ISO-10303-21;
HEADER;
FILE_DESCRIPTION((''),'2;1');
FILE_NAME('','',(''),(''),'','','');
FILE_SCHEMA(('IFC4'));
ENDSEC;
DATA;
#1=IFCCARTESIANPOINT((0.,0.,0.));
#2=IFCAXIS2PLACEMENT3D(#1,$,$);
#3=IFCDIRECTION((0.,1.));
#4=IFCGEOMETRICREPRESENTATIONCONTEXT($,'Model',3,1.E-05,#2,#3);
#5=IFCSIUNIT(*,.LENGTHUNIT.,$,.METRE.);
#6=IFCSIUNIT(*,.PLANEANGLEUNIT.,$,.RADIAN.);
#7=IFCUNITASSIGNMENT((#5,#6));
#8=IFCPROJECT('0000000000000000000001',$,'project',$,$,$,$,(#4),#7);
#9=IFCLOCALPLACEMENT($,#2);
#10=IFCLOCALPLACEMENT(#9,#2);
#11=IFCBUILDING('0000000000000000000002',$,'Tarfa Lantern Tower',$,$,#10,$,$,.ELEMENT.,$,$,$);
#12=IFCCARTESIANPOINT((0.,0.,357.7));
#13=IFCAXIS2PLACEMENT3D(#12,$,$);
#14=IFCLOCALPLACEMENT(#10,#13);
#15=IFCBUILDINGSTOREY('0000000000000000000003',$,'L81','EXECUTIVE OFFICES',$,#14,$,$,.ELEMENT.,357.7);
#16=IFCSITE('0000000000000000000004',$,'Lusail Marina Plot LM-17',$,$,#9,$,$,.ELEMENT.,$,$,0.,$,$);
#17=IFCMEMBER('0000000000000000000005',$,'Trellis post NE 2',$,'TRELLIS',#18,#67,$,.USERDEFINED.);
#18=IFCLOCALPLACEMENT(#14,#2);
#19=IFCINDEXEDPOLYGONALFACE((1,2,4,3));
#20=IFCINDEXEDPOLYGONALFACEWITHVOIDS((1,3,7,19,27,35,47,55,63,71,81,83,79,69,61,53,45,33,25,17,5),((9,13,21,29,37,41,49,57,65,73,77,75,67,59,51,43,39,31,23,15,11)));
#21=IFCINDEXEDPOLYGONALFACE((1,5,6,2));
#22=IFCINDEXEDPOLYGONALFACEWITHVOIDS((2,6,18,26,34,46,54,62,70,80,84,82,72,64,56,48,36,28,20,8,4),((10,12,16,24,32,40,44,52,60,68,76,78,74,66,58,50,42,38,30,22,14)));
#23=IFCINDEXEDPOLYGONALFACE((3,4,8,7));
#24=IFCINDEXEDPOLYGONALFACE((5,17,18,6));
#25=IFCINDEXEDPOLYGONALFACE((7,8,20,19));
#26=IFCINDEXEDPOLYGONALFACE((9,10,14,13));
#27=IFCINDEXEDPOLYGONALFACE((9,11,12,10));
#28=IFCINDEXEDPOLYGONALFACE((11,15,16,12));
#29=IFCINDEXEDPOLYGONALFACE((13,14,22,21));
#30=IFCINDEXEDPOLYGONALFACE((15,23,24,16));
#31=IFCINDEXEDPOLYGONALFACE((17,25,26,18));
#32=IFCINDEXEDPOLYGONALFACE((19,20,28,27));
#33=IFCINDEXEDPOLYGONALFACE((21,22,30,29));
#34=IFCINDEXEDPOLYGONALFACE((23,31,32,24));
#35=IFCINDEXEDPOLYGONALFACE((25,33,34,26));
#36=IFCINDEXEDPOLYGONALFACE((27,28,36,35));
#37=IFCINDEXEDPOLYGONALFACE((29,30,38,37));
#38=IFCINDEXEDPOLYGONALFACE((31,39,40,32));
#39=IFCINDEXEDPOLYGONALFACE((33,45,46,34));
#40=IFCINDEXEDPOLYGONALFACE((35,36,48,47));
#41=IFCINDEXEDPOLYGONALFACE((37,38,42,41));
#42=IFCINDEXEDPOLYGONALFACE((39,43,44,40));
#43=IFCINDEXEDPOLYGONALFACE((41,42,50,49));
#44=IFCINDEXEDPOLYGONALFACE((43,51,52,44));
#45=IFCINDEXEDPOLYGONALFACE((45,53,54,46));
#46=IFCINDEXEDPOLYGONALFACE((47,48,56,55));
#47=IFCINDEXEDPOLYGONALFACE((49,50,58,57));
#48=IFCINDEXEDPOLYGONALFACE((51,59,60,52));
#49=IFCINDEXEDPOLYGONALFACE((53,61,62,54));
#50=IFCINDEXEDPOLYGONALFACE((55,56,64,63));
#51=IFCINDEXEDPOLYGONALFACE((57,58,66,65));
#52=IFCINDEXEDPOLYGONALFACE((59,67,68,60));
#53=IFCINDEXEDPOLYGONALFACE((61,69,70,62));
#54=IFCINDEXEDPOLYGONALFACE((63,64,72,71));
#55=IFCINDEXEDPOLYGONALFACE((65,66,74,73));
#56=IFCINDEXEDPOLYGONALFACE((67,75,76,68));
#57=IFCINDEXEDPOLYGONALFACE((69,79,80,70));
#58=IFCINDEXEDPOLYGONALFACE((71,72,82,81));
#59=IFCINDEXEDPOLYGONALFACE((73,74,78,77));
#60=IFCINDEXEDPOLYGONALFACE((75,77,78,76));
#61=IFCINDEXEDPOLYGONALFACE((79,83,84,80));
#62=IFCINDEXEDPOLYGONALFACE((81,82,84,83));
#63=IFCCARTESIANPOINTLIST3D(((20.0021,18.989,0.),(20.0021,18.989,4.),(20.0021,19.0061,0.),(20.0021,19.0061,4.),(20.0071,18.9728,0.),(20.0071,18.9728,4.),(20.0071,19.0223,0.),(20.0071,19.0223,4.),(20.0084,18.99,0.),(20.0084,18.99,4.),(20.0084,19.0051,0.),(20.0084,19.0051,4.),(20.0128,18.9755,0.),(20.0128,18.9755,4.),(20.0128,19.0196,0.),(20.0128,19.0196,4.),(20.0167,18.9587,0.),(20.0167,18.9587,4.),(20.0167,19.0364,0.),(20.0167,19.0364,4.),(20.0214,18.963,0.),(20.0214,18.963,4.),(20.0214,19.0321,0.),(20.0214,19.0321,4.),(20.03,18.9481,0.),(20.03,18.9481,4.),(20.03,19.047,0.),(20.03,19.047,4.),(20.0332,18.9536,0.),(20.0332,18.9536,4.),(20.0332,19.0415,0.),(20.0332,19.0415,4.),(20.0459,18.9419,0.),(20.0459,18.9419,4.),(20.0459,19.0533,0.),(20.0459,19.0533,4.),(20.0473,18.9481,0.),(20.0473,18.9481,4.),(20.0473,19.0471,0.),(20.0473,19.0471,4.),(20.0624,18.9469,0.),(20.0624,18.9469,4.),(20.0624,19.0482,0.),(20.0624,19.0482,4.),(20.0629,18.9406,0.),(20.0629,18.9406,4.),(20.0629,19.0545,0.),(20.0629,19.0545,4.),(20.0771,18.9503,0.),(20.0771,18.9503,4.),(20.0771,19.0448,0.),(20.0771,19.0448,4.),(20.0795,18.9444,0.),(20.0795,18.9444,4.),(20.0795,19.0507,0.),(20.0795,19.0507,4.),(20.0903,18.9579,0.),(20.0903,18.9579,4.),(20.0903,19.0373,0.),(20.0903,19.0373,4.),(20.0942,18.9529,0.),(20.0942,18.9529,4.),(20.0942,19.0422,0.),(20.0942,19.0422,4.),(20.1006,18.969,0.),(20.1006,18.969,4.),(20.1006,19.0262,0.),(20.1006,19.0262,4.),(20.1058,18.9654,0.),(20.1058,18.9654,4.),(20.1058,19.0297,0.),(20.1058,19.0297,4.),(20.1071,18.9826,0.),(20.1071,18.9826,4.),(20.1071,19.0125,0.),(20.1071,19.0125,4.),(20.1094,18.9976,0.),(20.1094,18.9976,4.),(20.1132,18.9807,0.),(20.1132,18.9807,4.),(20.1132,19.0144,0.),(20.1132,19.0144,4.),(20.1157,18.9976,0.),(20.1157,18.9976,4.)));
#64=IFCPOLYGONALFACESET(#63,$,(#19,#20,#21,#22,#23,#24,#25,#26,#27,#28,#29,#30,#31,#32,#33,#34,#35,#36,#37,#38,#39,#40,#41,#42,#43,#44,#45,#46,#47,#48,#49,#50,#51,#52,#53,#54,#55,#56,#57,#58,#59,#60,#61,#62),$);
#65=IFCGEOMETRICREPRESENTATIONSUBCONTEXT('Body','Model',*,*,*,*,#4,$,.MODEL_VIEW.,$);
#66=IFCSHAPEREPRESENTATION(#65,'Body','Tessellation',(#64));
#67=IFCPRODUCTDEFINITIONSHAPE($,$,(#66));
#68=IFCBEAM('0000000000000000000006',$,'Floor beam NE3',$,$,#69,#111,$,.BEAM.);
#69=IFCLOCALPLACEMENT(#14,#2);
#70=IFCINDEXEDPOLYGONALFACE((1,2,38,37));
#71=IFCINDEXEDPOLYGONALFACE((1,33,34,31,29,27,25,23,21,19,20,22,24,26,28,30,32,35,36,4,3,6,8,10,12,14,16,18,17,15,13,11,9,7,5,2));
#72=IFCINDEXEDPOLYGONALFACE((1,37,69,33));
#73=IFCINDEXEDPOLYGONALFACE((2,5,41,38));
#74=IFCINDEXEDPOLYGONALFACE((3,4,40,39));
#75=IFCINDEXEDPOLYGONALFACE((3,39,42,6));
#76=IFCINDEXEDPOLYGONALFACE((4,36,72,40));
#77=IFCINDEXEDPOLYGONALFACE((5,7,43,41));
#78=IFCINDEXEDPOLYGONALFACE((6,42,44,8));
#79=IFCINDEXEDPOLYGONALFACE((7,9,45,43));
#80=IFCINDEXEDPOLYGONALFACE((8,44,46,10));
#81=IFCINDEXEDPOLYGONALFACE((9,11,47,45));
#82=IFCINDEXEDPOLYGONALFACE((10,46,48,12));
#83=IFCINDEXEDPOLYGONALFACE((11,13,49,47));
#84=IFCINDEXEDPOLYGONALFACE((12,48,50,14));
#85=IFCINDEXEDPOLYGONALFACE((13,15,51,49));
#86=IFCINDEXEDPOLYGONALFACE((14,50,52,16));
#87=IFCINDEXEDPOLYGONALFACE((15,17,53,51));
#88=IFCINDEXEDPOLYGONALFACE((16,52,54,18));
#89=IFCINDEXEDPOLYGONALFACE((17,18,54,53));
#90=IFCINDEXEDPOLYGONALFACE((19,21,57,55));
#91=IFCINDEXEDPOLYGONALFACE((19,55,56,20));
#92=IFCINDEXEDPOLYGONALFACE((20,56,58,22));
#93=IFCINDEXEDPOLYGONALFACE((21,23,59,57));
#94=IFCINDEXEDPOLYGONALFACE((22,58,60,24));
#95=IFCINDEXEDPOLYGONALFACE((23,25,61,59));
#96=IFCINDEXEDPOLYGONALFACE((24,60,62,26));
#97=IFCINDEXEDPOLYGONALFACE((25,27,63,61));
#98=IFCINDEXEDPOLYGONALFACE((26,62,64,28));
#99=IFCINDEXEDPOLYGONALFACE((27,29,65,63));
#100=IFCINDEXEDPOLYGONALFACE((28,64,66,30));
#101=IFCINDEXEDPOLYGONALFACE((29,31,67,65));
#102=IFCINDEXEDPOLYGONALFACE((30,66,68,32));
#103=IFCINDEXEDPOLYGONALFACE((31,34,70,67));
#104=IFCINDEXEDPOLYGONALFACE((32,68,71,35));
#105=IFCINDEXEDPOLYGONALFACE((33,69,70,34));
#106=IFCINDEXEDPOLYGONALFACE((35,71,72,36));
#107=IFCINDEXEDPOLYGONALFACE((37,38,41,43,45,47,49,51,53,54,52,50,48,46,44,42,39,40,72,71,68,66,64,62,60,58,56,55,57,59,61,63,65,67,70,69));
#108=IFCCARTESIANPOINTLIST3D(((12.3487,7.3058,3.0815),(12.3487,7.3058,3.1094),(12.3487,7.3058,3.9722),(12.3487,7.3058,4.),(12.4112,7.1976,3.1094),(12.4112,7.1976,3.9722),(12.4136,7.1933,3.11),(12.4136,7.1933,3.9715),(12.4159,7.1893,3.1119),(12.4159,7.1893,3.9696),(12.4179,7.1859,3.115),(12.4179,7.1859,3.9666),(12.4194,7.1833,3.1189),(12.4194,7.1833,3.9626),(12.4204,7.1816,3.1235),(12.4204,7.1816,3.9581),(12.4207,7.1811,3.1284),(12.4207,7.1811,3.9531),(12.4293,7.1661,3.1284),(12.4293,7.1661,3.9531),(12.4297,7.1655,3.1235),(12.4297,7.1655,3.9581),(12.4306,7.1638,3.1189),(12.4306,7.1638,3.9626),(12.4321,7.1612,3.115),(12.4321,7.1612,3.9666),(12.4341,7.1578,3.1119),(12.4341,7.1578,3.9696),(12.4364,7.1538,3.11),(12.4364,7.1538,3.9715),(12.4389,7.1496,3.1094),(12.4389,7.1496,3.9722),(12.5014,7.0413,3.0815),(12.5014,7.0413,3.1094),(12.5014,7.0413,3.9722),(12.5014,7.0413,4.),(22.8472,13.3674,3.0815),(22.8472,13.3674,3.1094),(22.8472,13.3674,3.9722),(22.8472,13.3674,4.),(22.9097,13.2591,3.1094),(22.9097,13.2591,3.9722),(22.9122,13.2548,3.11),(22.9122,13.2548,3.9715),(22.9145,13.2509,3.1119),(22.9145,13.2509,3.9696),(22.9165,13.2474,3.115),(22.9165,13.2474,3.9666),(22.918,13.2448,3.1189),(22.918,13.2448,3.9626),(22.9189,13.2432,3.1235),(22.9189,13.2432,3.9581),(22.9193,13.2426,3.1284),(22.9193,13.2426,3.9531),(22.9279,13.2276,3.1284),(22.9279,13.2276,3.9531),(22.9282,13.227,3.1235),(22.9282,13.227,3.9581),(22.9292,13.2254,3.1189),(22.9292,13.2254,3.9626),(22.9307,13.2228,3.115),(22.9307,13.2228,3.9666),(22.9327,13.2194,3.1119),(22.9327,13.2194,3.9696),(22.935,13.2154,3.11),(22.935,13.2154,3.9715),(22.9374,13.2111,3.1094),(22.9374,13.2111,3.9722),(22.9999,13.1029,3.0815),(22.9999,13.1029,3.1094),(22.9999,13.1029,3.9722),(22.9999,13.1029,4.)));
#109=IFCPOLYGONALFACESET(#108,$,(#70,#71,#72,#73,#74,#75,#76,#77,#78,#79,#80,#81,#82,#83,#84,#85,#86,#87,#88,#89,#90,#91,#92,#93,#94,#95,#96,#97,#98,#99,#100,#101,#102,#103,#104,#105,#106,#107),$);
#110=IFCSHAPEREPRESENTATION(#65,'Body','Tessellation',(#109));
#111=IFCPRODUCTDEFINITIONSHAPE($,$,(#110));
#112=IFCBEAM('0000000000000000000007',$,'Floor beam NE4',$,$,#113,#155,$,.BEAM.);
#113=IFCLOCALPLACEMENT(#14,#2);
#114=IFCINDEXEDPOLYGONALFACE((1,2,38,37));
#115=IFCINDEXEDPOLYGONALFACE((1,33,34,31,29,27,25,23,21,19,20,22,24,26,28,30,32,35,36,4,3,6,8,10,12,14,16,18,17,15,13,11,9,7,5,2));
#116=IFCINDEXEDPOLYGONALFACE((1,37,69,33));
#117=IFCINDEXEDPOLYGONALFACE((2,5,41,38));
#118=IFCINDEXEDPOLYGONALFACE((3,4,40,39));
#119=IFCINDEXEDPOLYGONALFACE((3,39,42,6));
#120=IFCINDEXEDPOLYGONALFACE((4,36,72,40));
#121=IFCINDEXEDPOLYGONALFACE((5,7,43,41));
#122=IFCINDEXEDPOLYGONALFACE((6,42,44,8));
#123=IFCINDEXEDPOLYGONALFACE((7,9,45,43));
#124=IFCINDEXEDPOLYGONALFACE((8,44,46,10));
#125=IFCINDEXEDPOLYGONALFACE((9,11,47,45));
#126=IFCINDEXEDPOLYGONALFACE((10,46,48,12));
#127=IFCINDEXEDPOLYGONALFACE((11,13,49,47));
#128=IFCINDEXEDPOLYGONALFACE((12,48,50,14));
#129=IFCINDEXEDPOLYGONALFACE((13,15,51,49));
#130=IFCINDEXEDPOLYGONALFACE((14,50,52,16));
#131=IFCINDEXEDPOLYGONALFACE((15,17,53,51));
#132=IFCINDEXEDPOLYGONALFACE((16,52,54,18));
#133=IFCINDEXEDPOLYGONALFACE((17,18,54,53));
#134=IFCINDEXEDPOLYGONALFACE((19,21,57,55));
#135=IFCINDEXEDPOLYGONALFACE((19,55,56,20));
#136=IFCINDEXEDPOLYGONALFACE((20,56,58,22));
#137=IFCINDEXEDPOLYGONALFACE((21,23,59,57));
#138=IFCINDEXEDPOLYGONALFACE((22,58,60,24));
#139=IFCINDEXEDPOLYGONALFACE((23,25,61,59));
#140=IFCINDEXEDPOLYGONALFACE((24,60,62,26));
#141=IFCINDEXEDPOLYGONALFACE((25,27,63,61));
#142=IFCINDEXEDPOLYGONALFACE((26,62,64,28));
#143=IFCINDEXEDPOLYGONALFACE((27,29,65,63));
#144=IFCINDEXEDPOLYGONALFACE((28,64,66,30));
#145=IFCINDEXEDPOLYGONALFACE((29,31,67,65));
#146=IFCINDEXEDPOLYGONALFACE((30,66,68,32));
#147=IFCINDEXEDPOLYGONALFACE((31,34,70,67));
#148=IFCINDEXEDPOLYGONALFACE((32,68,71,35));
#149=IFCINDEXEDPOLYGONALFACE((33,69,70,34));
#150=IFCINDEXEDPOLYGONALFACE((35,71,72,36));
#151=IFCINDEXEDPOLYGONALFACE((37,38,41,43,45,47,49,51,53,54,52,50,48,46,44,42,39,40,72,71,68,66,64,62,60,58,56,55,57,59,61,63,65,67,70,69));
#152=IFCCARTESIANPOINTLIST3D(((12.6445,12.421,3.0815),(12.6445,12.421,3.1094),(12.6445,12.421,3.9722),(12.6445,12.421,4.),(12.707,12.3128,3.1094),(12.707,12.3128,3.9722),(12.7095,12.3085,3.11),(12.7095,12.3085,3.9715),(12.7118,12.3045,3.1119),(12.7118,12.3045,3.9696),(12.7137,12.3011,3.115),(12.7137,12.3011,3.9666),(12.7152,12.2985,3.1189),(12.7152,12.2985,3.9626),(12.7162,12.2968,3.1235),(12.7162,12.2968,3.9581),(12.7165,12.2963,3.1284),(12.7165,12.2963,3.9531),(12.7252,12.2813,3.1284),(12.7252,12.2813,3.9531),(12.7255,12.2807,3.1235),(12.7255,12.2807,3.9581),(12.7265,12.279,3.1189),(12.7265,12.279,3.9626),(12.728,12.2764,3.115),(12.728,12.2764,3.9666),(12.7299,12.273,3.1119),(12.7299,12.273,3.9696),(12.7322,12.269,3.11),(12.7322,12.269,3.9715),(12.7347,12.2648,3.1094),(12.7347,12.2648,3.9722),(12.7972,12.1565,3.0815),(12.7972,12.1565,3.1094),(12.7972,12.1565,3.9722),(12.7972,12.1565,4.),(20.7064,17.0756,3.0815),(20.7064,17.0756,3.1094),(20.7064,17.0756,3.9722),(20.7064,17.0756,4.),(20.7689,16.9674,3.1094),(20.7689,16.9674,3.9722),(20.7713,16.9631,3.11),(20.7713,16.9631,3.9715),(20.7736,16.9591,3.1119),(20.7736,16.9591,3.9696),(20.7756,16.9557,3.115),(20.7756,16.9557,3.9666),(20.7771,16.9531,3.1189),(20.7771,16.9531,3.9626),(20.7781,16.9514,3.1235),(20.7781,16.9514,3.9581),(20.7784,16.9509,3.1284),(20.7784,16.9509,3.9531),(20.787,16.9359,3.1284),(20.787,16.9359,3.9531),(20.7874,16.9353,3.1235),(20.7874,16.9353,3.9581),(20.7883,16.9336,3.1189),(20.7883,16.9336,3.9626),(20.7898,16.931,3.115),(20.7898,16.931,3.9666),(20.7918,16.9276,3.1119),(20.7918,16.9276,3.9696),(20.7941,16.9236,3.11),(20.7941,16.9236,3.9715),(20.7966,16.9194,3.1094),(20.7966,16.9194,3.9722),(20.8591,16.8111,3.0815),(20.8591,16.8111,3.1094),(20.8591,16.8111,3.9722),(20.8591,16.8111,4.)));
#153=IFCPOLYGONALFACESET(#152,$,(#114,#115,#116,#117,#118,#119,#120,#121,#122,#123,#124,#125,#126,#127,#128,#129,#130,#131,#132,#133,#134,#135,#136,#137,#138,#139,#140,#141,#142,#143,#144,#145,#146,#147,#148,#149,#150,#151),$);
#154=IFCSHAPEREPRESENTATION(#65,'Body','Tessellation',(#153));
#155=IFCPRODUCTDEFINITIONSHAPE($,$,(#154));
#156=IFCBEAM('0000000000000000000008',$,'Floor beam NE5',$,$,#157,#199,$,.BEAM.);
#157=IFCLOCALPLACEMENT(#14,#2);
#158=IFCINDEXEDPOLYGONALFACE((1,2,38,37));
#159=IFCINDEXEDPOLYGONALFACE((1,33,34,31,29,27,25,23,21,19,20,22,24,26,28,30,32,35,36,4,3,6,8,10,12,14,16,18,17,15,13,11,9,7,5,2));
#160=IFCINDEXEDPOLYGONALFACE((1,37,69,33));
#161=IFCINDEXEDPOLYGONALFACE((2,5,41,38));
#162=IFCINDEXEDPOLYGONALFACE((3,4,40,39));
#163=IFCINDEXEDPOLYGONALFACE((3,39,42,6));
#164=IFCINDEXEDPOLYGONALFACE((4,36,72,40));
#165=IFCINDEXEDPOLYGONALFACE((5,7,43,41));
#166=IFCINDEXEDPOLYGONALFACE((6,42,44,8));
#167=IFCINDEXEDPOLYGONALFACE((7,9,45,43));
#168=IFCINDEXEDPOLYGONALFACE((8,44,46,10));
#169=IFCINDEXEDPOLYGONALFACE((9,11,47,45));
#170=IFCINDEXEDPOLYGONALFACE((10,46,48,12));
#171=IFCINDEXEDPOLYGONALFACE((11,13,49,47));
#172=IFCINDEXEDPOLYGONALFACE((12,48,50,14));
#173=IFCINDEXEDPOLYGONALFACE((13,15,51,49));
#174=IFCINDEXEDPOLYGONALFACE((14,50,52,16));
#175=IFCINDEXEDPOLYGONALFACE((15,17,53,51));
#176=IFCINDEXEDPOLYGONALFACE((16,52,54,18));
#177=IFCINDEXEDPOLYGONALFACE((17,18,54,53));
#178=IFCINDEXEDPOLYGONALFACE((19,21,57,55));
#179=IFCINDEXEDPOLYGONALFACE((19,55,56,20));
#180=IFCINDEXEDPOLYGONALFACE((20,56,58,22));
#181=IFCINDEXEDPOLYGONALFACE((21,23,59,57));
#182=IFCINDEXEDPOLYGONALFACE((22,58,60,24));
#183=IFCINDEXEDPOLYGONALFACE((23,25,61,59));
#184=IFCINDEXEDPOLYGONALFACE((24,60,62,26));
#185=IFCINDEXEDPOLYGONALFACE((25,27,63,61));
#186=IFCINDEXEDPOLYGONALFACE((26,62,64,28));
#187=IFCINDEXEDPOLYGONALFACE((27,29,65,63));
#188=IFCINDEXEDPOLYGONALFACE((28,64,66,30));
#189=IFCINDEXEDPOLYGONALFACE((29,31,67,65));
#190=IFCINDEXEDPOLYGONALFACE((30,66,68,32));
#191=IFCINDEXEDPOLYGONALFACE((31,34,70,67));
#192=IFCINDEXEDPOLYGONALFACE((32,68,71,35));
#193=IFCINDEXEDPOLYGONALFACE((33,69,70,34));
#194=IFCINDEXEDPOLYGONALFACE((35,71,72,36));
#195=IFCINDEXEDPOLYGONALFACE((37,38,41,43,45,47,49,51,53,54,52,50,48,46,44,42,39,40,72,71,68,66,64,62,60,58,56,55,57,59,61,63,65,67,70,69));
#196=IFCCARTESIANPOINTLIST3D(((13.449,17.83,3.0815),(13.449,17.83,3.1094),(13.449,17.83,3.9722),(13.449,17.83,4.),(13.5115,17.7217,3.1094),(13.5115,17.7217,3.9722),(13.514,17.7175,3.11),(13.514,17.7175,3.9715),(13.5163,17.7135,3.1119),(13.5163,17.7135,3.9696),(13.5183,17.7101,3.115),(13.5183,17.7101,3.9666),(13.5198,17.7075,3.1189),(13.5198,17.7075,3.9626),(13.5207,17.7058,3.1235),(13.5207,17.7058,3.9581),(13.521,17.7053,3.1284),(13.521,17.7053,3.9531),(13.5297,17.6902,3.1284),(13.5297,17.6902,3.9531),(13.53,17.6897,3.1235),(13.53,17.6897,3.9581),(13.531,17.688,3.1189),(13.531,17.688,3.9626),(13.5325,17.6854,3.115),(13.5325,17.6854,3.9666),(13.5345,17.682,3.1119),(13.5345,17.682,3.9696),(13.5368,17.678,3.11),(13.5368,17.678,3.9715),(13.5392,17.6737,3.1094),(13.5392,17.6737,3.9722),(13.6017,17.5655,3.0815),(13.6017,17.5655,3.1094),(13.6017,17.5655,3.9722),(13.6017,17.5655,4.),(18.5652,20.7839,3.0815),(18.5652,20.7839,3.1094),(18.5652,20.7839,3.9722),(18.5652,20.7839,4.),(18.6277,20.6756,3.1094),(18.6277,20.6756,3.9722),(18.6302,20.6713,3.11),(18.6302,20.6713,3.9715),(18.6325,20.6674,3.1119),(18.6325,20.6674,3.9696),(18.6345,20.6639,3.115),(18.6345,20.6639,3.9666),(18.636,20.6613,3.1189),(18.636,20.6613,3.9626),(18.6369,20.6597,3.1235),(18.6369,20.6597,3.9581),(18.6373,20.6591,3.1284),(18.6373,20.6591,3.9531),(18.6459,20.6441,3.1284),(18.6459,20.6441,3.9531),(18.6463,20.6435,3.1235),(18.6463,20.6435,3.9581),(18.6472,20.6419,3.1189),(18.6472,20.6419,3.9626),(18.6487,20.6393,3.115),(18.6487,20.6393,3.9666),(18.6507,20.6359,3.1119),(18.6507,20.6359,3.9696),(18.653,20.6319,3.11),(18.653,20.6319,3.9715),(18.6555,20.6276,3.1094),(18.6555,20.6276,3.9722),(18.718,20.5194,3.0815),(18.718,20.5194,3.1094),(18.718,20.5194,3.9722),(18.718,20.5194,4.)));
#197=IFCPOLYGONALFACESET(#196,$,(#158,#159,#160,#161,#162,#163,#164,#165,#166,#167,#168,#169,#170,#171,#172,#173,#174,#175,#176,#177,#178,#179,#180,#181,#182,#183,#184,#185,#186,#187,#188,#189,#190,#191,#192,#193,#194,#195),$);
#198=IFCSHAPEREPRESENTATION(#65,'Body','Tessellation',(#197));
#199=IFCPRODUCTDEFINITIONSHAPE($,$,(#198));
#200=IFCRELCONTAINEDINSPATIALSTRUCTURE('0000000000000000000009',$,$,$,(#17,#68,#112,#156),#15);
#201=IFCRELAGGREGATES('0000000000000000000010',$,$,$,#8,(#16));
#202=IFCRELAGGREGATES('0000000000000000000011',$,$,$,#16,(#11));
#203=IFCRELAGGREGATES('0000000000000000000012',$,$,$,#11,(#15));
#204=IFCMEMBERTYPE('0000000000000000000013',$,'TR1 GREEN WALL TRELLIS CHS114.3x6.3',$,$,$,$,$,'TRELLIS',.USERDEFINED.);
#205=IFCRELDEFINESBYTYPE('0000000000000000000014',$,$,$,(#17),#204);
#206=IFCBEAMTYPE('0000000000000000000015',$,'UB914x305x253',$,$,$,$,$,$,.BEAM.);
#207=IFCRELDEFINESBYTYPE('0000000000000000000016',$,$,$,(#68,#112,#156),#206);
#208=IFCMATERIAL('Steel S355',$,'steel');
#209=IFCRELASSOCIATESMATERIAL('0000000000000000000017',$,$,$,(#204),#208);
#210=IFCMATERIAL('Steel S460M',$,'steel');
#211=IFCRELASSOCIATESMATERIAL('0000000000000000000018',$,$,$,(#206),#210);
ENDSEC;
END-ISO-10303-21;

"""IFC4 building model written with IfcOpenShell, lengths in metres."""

from ifc_helpers import new_model, si_unit, direction, frame, origin, origin_2d, place, context, subcontext, project, spatial, hollow_circle, i_section, extrude, material, material_profile, profile_set, type_object, element, save


model = new_model("IFC4")

# Units and contexts
model_context = context("Model", 3, precision=1e-05, world=origin(), true_north=direction((0.0, 1.0)))
body_context = subcontext(model_context, "Body", "Model", "MODEL_VIEW")
ifc_project = project(units=[si_unit("LENGTHUNIT", "METRE"), si_unit("PLANEANGLEUNIT", "RADIAN")], contexts=[model_context])

# Site, building, storey
site_placement = place(None, origin())
site = spatial("IfcSite", under=ifc_project, at=site_placement, Name="Lusail Marina Plot LM-17", CompositionType="ELEMENT", RefElevation=0.0)
building_placement = place(site_placement, origin())
building = spatial("IfcBuilding", under=site, at=building_placement, Name="Tarfa Lantern Tower", CompositionType="ELEMENT")
storey_placement = place(building_placement, frame((0.0, 0.0, 357.7)))
storey = spatial("IfcBuildingStorey", under=building, at=storey_placement, Name="L81", Description="EXECUTIVE OFFICES", CompositionType="ELEMENT", Elevation=357.7)

# Member
ifc_material_1 = material(Name="Steel S355", Category="steel")
ifc_material_profile_1 = material_profile(ifc_material_1, hollow_circle(Radius=0.0571, WallThickness=0.0063, at=origin_2d()), Name="CHS114.3x6.3")
ifc_profile_set_1 = profile_set([ifc_material_profile_1], Name="Steel S355")
member_type_1 = type_object("IfcMemberType", Name="TR1 GREEN WALL TRELLIS CHS114.3x6.3", ElementType="TRELLIS", PredefinedType="USERDEFINED", material=ifc_profile_set_1)
member_1_placement = place(storey_placement, frame((20.0586, 18.9976, 0.0), z_axis=(0.0, 0.0, 1.0), x_axis=(1.0, 0.0, 0.0)))
element("IfcMember", 1, at=member_1_placement, inside=storey, type_object=member_type_1, Name="Trellis post NE 2", ObjectType="TRELLIS", PredefinedType="USERDEFINED", context=body_context, shape_type="SweptSolid", body=[
    extrude(hollow_circle(Radius=0.0571, WallThickness=0.0063, at=origin_2d()), origin(), (0.0, 0.0, 1.0), 4.0),
])

# Beams
ifc_material_2 = material(Name="Steel S460M", Category="steel")
ifc_material_profile_2 = material_profile(ifc_material_2, i_section(OverallWidth=0.3054, OverallDepth=0.9185, WebThickness=0.0173, FlangeThickness=0.0278, FilletRadius=0.019, at=origin_2d()), Name="UB914x305x253")
ifc_profile_set_2 = profile_set([ifc_material_profile_2], Name="Steel S460M")
beam_type_1 = type_object("IfcBeamType", Name="UB914x305x253", PredefinedType="BEAM", material=ifc_profile_set_2)
beam_1_placement = place(storey_placement, frame((22.9236, 13.2351, 3.5408), z_axis=(-0.866019, -0.500012, 0.0), x_axis=(0.500012, -0.866019, 0.0)))
element("IfcBeam", 2, at=beam_1_placement, inside=storey, type_object=beam_type_1, Name="Floor beam NE3", PredefinedType="BEAM", context=body_context, shape_type="SweptSolid", body=[
    extrude(i_section(OverallWidth=0.3054, OverallDepth=0.9185, WebThickness=0.0173, FlangeThickness=0.0278, FilletRadius=0.019, at=origin_2d()), origin(), (0.0, 0.0, 1.0), 12.1228),
])
beam_2_placement = place(storey_placement, frame((20.7827, 16.9434, 3.5408), z_axis=(-0.866022, -0.500006, 0.0), x_axis=(0.500006, -0.866022, 0.0)))
element("IfcBeam", 3, at=beam_2_placement, inside=storey, type_object=beam_type_1, Name="Floor beam NE4", PredefinedType="BEAM", context=body_context, shape_type="SweptSolid", body=[
    extrude(i_section(OverallWidth=0.3054, OverallDepth=0.9185, WebThickness=0.0173, FlangeThickness=0.0278, FilletRadius=0.019, at=origin_2d()), origin(), (0.0, 0.0, 1.0), 9.3091),
])
beam_3_placement = place(storey_placement, frame((18.6416, 20.6516, 3.5408), z_axis=(-0.866025, -0.500001, 0.0), x_axis=(0.500001, -0.866025, 0.0)))
element("IfcBeam", 4, at=beam_3_placement, inside=storey, type_object=beam_type_1, Name="Floor beam NE5", PredefinedType="BEAM", context=body_context, shape_type="SweptSolid", body=[
    extrude(i_section(OverallWidth=0.3054, OverallDepth=0.9185, WebThickness=0.0173, FlangeThickness=0.0278, FilletRadius=0.019, at=origin_2d()), origin(), (0.0, 0.0, 1.0), 5.9077),
])

save(model, "model.ifc")
